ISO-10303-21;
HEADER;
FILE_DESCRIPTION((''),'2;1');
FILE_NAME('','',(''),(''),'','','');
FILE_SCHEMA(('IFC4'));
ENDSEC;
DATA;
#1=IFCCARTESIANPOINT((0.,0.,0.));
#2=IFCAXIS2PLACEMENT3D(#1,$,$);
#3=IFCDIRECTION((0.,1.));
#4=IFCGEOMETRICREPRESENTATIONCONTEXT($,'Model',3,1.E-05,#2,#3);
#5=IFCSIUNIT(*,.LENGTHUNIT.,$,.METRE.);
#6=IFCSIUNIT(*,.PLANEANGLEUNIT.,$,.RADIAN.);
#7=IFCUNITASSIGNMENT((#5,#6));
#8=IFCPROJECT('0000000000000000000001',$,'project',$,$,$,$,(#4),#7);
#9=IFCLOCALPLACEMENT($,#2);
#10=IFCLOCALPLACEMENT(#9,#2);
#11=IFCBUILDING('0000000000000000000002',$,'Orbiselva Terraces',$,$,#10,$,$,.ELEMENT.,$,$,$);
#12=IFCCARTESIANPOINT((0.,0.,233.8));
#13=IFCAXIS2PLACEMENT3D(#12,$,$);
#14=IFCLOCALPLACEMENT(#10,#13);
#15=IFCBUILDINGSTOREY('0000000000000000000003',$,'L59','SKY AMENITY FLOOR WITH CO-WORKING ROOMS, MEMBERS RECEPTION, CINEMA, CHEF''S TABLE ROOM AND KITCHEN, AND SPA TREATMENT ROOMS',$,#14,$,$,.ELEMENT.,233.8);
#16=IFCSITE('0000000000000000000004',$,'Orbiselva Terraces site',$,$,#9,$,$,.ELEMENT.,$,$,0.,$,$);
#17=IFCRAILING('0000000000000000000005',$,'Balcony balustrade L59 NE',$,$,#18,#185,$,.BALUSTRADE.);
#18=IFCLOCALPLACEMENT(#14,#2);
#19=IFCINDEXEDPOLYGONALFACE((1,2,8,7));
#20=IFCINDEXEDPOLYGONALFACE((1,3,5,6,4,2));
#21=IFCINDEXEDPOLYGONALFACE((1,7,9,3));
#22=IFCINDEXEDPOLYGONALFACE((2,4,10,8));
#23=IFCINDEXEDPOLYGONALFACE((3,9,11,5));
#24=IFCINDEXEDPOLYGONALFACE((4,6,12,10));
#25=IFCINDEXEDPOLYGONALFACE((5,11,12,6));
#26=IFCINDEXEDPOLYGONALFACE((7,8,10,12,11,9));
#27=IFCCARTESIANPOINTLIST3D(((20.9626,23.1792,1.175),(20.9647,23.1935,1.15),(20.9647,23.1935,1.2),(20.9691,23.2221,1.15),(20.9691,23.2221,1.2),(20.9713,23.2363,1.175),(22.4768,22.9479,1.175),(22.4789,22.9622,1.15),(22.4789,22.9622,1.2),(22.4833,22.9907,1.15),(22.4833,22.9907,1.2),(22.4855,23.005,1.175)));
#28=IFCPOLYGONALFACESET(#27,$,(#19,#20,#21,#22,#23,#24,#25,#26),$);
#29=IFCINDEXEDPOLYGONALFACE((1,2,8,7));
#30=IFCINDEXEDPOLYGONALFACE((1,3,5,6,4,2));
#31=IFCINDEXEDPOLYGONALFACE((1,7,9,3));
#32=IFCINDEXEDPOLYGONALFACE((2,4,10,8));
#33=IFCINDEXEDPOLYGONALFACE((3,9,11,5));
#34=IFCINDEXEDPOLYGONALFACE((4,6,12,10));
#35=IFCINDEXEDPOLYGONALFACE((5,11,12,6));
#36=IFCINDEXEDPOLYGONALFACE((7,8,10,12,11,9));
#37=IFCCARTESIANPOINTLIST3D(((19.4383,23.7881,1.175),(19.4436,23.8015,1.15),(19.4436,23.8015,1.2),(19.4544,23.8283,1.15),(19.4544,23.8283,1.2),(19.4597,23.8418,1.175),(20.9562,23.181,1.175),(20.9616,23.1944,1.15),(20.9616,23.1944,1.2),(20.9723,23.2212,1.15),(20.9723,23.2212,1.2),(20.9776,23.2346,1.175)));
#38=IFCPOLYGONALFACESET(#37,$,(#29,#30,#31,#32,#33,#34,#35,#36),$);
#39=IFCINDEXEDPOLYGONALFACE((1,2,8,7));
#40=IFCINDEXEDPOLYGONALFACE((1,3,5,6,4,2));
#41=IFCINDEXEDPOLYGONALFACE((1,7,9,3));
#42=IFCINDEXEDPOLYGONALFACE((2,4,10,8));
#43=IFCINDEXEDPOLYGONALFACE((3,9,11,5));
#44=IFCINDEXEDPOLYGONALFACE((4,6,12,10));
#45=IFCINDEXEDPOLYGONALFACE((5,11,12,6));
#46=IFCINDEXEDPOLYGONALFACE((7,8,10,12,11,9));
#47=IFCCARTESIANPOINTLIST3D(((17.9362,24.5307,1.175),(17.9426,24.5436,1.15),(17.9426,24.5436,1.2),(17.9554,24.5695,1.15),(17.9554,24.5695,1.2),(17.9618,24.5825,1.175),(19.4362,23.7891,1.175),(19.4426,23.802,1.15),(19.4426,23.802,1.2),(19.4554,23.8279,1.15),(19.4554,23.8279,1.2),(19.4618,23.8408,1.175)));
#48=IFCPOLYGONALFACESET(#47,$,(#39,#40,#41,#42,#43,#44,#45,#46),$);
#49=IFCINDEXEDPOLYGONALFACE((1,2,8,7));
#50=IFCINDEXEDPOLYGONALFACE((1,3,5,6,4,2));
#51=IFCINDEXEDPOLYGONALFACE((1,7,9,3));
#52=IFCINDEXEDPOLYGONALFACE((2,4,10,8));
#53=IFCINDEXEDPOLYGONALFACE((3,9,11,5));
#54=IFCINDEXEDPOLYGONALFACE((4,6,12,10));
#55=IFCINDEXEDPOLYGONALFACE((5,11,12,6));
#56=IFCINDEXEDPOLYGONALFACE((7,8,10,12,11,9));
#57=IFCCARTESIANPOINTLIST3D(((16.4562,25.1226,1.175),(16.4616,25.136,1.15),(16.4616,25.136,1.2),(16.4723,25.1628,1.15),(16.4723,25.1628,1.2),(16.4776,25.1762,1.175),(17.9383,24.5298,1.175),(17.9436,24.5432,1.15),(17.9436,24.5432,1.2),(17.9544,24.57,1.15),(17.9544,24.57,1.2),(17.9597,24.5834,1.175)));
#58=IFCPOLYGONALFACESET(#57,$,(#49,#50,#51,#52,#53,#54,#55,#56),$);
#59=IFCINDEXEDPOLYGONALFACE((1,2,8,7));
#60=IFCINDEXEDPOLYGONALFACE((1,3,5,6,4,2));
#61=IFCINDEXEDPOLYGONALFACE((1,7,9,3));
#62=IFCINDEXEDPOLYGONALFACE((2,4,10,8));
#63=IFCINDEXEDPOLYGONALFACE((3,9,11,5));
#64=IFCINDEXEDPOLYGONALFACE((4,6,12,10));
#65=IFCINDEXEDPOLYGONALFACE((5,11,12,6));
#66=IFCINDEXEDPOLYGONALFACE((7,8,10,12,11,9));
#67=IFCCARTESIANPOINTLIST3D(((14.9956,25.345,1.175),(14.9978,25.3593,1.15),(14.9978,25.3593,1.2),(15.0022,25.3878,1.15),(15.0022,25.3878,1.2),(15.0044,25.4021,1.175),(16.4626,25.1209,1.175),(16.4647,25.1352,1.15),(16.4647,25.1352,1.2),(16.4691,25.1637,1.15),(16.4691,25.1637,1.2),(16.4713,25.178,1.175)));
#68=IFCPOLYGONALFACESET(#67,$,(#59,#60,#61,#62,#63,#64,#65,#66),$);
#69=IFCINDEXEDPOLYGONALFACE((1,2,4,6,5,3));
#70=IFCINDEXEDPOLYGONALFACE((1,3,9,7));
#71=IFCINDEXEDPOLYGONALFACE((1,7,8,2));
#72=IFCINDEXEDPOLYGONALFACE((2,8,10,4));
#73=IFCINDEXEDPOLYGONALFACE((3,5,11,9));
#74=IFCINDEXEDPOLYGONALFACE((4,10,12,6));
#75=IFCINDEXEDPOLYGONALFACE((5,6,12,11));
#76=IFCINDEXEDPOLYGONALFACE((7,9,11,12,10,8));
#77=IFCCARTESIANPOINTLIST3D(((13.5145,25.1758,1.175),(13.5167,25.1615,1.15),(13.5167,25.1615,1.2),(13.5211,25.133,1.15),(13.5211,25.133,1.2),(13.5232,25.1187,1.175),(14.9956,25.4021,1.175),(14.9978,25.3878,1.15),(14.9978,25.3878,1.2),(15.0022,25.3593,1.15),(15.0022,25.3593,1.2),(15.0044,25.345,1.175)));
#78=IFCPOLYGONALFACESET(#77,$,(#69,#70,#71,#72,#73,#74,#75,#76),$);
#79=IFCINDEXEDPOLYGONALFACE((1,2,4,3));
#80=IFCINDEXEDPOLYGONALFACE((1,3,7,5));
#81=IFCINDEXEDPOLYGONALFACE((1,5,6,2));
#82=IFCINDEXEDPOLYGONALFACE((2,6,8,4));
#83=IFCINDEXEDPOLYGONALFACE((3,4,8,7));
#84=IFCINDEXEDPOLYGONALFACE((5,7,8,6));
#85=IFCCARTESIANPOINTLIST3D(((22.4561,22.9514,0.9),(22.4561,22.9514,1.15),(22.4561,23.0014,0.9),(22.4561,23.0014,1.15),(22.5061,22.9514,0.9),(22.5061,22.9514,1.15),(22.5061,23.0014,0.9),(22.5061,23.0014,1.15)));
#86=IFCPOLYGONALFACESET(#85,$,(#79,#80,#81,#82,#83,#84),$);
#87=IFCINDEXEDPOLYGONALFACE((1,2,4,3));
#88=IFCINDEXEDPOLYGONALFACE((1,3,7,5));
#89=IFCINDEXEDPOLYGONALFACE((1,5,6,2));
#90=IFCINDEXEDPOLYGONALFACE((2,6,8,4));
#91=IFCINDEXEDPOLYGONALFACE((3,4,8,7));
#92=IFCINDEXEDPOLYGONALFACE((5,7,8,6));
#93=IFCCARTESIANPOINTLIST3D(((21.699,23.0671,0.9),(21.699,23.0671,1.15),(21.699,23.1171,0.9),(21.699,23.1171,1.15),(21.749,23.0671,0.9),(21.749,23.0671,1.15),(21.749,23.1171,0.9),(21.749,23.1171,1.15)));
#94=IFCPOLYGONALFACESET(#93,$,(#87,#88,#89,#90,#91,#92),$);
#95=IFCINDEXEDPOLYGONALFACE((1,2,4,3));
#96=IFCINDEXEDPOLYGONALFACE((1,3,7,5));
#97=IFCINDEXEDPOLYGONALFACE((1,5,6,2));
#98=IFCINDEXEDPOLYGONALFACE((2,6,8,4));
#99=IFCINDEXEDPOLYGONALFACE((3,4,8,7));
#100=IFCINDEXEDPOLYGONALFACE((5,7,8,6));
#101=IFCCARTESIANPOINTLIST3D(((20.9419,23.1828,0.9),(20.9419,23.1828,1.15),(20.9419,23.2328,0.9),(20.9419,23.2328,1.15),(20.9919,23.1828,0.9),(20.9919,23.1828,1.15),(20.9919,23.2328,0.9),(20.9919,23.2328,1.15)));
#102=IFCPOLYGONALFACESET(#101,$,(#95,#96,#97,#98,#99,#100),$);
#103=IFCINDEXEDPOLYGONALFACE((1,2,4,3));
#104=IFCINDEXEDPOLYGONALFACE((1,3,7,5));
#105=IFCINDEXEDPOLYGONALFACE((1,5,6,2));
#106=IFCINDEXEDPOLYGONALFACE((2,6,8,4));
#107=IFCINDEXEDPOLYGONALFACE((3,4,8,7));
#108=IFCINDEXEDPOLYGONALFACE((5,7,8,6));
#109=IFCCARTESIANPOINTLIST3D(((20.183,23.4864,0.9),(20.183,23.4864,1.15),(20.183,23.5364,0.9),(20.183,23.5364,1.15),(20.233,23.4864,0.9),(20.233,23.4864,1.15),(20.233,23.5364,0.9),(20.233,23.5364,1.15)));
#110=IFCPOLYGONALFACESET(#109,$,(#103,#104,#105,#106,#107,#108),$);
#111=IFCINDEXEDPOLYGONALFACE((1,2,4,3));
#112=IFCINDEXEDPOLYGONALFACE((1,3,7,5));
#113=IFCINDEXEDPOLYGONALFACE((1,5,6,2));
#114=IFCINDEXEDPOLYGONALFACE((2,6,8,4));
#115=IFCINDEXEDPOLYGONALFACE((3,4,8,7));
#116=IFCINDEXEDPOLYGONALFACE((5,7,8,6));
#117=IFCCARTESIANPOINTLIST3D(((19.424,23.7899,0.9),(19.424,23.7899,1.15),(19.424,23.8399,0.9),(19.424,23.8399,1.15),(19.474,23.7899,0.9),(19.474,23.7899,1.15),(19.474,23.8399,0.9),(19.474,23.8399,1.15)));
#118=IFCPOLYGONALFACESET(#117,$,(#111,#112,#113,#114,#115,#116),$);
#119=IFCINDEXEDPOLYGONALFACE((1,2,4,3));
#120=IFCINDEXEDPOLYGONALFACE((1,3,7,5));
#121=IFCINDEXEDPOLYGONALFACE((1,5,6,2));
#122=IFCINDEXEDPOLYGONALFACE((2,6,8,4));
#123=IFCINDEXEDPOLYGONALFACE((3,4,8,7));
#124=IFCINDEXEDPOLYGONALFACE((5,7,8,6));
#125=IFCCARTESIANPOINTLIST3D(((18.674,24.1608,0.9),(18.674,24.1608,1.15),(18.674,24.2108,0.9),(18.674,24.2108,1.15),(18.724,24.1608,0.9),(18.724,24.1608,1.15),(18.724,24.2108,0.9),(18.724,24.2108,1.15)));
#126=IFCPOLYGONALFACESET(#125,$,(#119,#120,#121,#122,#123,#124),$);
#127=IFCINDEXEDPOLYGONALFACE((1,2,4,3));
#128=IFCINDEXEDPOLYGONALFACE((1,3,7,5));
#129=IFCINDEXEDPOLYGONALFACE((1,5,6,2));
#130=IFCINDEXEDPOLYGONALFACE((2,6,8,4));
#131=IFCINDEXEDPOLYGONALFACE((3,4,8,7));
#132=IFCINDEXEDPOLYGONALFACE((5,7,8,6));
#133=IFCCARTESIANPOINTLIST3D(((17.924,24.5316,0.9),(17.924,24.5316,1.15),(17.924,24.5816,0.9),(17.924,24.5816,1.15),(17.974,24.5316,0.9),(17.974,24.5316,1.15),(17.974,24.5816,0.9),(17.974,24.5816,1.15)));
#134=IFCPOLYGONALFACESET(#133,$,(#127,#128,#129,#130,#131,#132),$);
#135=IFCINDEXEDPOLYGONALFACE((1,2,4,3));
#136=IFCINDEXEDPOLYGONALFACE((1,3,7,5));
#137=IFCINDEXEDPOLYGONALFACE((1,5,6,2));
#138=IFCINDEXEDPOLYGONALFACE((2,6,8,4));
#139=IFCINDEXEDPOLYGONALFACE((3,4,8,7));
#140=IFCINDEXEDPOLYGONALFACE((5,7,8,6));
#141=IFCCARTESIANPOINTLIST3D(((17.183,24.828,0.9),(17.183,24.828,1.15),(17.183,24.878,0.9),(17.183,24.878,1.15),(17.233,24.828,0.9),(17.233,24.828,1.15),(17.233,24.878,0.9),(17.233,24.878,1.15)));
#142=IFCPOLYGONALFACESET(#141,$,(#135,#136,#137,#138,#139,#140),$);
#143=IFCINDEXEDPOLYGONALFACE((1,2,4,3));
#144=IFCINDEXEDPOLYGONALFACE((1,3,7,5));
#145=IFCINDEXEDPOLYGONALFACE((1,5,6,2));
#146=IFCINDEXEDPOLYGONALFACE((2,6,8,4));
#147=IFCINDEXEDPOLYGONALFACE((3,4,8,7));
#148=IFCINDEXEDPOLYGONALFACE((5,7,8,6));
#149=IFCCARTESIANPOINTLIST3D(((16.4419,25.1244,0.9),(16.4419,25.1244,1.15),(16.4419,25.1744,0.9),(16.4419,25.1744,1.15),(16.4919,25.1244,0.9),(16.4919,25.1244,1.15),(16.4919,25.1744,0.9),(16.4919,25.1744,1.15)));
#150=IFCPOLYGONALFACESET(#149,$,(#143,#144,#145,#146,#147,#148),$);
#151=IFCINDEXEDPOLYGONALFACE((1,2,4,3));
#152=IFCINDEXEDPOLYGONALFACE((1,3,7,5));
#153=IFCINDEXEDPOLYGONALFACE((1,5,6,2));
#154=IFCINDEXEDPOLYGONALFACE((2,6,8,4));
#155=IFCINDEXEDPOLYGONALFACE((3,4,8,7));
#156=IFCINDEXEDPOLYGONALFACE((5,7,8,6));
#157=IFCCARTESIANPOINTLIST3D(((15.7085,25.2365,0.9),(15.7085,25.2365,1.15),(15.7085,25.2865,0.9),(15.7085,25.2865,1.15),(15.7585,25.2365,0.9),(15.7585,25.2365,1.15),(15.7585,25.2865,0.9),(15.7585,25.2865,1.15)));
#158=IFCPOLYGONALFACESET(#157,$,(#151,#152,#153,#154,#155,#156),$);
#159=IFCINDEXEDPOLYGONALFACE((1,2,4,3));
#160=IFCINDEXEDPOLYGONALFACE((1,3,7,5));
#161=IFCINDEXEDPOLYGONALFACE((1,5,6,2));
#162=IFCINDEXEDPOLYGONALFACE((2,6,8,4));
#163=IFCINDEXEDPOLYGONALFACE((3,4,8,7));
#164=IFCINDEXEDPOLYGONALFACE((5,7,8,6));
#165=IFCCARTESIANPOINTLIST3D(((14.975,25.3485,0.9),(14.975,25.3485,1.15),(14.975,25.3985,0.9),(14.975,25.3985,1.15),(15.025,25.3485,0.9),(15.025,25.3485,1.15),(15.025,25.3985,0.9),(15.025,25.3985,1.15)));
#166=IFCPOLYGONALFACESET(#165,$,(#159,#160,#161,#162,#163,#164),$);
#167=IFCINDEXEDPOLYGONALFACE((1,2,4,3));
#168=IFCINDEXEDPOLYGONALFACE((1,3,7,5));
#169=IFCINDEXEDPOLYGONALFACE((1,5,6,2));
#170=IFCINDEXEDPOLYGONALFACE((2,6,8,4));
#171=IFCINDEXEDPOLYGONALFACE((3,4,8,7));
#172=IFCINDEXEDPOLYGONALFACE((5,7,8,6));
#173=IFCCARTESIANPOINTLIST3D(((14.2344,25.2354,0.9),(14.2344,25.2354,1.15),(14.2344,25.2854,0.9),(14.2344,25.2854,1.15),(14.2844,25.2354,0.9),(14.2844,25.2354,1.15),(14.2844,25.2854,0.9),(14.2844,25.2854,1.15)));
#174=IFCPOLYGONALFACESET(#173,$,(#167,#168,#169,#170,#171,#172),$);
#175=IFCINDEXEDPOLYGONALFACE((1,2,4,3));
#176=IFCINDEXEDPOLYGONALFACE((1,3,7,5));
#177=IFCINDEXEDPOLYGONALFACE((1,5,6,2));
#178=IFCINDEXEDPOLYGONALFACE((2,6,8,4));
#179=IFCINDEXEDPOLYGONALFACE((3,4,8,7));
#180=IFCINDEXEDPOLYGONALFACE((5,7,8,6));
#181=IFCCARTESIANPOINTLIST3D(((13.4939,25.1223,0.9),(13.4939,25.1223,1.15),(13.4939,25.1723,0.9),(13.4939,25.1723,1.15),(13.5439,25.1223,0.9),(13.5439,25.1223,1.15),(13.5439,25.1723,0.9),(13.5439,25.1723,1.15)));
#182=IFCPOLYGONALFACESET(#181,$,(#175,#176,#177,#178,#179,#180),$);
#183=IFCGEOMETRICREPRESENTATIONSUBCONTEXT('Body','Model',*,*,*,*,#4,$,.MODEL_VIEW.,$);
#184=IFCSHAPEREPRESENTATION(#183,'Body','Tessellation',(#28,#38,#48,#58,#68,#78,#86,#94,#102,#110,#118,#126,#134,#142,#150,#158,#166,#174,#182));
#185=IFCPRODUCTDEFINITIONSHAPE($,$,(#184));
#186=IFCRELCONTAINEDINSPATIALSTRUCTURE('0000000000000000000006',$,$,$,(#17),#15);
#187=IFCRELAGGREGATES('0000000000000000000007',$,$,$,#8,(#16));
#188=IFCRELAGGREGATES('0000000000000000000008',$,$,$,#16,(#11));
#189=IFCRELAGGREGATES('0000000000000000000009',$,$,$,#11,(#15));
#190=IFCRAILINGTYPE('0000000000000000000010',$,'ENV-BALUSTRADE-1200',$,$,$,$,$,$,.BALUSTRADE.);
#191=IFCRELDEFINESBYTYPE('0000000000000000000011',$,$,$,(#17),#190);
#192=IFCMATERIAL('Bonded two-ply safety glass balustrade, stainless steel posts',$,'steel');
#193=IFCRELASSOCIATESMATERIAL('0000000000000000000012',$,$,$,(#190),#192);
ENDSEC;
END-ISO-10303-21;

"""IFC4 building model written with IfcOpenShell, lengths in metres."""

from ifc_helpers import new_model, si_unit, direction, frame, origin, origin_2d, place, context, subcontext, project, spatial, polyline, rectangle, outline, extrude, material, type_object, element, save


model = new_model("IFC4")

# Units and contexts
model_context = context("Model", 3, precision=1e-05, world=origin(), true_north=direction((0.0, 1.0)))
body_context = subcontext(model_context, "Body", "Model", "MODEL_VIEW")
ifc_project = project(units=[si_unit("LENGTHUNIT", "METRE"), si_unit("PLANEANGLEUNIT", "RADIAN")], contexts=[model_context])

# Site, building, storey
site_placement = place(None, origin())
site = spatial("IfcSite", under=ifc_project, at=site_placement, Name="Orbiselva Terraces site", CompositionType="ELEMENT", RefElevation=0.0)
building_placement = place(site_placement, origin())
building = spatial("IfcBuilding", under=site, at=building_placement, Name="Orbiselva Terraces", CompositionType="ELEMENT")
storey_placement = place(building_placement, frame((0.0, 0.0, 233.8)))
storey = spatial("IfcBuildingStorey", under=building, at=storey_placement, Name="L59", Description="SKY AMENITY FLOOR WITH CO-WORKING ROOMS, MEMBERS RECEPTION, CINEMA, CHEF'S TABLE ROOM AND KITCHEN, AND SPA TREATMENT ROOMS", CompositionType="ELEMENT", Elevation=233.8)

# Railing
ifc_material_1 = material(Name="Bonded two-ply safety glass balustrade, stainless steel posts", Category="steel")
railing_type_1 = type_object("IfcRailingType", Name="ENV-BALUSTRADE-1200", PredefinedType="BALUSTRADE", material=ifc_material_1)
railing_1_placement = place(storey_placement, frame((22.4811, 22.9764, 0.9)))
element("IfcRailing", 1, at=railing_1_placement, inside=storey, type_object=railing_type_1, Name="Balcony balustrade L59 NE", PredefinedType="BALUSTRADE", context=body_context, shape_type="SweptSolid", body=[
    extrude(outline(polyline([(0.0289, 0.0), (0.0144, 0.025), (-0.0144, 0.025), (-0.0289, 0.0), (-0.0144, -0.025), (0.0144, -0.025), (0.0289, 0.0)])), frame((0.0, 0.0, 0.275), z_axis=(-0.988529, 0.151034, 0.0), x_axis=(-0.151034, -0.988529, 0.0)), (0.0, 0.0, 1.0), 1.5318),
    extrude(outline(polyline([(0.0289, 0.0), (0.0144, 0.025), (-0.0144, 0.025), (-0.0289, 0.0), (-0.0144, -0.025), (0.0144, -0.025), (0.0289, 0.0)])), frame((-1.5142, 0.2314, 0.275), z_axis=(-0.928477, 0.37139, 0.0), x_axis=(-0.37139, -0.928477, 0.0)), (0.0, 0.0, 1.0), 1.6348),
    extrude(outline(polyline([(0.0289, 0.0), (0.0144, 0.025), (-0.0144, 0.025), (-0.0289, 0.0), (-0.0144, -0.025), (0.0144, -0.025), (0.0289, 0.0)])), frame((-3.0321, 0.8385, 0.275), z_axis=(-0.896417, 0.443212, 0.0), x_axis=(-0.443212, -0.896417, 0.0)), (0.0, 0.0, 1.0), 1.6733),
    extrude(outline(polyline([(0.0289, 0.0), (0.0144, 0.025), (-0.0144, 0.025), (-0.0289, 0.0), (-0.0144, -0.025), (0.0144, -0.025), (0.0289, 0.0)])), frame((-4.5321, 1.5802, 0.275), z_axis=(-0.928477, 0.371391, 0.0), x_axis=(-0.371391, -0.928477, 0.0)), (0.0, 0.0, 1.0), 1.5963),
    extrude(outline(polyline([(0.0289, 0.0), (0.0144, 0.025), (-0.0144, 0.025), (-0.0289, 0.0), (-0.0144, -0.025), (0.0144, -0.025), (0.0289, 0.0)])), frame((-6.0142, 2.173, 0.275), z_axis=(-0.988529, 0.151034, 0.0), x_axis=(-0.151034, -0.988529, 0.0)), (0.0, 0.0, 1.0), 1.4839),
    extrude(outline(polyline([(0.0289, 0.0), (0.0144, 0.025), (-0.0144, 0.025), (-0.0289, 0.0), (-0.0144, -0.025), (0.0144, -0.025), (0.0289, 0.0)])), frame((-7.4811, 2.3971, 0.275), z_axis=(-0.988529, -0.151034, 0.0), x_axis=(0.151034, -0.988529, 0.0)), (0.0, 0.0, 1.0), 1.4983),
    extrude(rectangle(XDim=0.05, YDim=0.05, at=origin_2d()), origin(), (0.0, 0.0, 1.0), 0.25),
    extrude(rectangle(XDim=0.05, YDim=0.05, at=origin_2d()), frame((-0.7571, 0.1157, 0.0)), (0.0, 0.0, 1.0), 0.25),
    extrude(rectangle(XDim=0.05, YDim=0.05, at=origin_2d()), frame((-1.5142, 0.2314, 0.0)), (0.0, 0.0, 1.0), 0.25),
    extrude(rectangle(XDim=0.05, YDim=0.05, at=origin_2d()), frame((-2.2732, 0.5349, 0.0)), (0.0, 0.0, 1.0), 0.25),
    extrude(rectangle(XDim=0.05, YDim=0.05, at=origin_2d()), frame((-3.0321, 0.8385, 0.0)), (0.0, 0.0, 1.0), 0.25),
    extrude(rectangle(XDim=0.05, YDim=0.05, at=origin_2d()), frame((-3.7821, 1.2093, 0.0)), (0.0, 0.0, 1.0), 0.25),
    extrude(rectangle(XDim=0.05, YDim=0.05, at=origin_2d()), frame((-4.5321, 1.5802, 0.0)), (0.0, 0.0, 1.0), 0.25),
    extrude(rectangle(XDim=0.05, YDim=0.05, at=origin_2d()), frame((-5.2732, 1.8766, 0.0)), (0.0, 0.0, 1.0), 0.25),
    extrude(rectangle(XDim=0.05, YDim=0.05, at=origin_2d()), frame((-6.0142, 2.173, 0.0)), (0.0, 0.0, 1.0), 0.25),
    extrude(rectangle(XDim=0.05, YDim=0.05, at=origin_2d()), frame((-6.7477, 2.2851, 0.0)), (0.0, 0.0, 1.0), 0.25),
    extrude(rectangle(XDim=0.05, YDim=0.05, at=origin_2d()), frame((-7.4811, 2.3971, 0.0)), (0.0, 0.0, 1.0), 0.25),
    extrude(rectangle(XDim=0.05, YDim=0.05, at=origin_2d()), frame((-8.2217, 2.284, 0.0)), (0.0, 0.0, 1.0), 0.25),
    extrude(rectangle(XDim=0.05, YDim=0.05, at=origin_2d()), frame((-8.9622, 2.1708, 0.0)), (0.0, 0.0, 1.0), 0.25),
])

save(model, "model.ifc")
